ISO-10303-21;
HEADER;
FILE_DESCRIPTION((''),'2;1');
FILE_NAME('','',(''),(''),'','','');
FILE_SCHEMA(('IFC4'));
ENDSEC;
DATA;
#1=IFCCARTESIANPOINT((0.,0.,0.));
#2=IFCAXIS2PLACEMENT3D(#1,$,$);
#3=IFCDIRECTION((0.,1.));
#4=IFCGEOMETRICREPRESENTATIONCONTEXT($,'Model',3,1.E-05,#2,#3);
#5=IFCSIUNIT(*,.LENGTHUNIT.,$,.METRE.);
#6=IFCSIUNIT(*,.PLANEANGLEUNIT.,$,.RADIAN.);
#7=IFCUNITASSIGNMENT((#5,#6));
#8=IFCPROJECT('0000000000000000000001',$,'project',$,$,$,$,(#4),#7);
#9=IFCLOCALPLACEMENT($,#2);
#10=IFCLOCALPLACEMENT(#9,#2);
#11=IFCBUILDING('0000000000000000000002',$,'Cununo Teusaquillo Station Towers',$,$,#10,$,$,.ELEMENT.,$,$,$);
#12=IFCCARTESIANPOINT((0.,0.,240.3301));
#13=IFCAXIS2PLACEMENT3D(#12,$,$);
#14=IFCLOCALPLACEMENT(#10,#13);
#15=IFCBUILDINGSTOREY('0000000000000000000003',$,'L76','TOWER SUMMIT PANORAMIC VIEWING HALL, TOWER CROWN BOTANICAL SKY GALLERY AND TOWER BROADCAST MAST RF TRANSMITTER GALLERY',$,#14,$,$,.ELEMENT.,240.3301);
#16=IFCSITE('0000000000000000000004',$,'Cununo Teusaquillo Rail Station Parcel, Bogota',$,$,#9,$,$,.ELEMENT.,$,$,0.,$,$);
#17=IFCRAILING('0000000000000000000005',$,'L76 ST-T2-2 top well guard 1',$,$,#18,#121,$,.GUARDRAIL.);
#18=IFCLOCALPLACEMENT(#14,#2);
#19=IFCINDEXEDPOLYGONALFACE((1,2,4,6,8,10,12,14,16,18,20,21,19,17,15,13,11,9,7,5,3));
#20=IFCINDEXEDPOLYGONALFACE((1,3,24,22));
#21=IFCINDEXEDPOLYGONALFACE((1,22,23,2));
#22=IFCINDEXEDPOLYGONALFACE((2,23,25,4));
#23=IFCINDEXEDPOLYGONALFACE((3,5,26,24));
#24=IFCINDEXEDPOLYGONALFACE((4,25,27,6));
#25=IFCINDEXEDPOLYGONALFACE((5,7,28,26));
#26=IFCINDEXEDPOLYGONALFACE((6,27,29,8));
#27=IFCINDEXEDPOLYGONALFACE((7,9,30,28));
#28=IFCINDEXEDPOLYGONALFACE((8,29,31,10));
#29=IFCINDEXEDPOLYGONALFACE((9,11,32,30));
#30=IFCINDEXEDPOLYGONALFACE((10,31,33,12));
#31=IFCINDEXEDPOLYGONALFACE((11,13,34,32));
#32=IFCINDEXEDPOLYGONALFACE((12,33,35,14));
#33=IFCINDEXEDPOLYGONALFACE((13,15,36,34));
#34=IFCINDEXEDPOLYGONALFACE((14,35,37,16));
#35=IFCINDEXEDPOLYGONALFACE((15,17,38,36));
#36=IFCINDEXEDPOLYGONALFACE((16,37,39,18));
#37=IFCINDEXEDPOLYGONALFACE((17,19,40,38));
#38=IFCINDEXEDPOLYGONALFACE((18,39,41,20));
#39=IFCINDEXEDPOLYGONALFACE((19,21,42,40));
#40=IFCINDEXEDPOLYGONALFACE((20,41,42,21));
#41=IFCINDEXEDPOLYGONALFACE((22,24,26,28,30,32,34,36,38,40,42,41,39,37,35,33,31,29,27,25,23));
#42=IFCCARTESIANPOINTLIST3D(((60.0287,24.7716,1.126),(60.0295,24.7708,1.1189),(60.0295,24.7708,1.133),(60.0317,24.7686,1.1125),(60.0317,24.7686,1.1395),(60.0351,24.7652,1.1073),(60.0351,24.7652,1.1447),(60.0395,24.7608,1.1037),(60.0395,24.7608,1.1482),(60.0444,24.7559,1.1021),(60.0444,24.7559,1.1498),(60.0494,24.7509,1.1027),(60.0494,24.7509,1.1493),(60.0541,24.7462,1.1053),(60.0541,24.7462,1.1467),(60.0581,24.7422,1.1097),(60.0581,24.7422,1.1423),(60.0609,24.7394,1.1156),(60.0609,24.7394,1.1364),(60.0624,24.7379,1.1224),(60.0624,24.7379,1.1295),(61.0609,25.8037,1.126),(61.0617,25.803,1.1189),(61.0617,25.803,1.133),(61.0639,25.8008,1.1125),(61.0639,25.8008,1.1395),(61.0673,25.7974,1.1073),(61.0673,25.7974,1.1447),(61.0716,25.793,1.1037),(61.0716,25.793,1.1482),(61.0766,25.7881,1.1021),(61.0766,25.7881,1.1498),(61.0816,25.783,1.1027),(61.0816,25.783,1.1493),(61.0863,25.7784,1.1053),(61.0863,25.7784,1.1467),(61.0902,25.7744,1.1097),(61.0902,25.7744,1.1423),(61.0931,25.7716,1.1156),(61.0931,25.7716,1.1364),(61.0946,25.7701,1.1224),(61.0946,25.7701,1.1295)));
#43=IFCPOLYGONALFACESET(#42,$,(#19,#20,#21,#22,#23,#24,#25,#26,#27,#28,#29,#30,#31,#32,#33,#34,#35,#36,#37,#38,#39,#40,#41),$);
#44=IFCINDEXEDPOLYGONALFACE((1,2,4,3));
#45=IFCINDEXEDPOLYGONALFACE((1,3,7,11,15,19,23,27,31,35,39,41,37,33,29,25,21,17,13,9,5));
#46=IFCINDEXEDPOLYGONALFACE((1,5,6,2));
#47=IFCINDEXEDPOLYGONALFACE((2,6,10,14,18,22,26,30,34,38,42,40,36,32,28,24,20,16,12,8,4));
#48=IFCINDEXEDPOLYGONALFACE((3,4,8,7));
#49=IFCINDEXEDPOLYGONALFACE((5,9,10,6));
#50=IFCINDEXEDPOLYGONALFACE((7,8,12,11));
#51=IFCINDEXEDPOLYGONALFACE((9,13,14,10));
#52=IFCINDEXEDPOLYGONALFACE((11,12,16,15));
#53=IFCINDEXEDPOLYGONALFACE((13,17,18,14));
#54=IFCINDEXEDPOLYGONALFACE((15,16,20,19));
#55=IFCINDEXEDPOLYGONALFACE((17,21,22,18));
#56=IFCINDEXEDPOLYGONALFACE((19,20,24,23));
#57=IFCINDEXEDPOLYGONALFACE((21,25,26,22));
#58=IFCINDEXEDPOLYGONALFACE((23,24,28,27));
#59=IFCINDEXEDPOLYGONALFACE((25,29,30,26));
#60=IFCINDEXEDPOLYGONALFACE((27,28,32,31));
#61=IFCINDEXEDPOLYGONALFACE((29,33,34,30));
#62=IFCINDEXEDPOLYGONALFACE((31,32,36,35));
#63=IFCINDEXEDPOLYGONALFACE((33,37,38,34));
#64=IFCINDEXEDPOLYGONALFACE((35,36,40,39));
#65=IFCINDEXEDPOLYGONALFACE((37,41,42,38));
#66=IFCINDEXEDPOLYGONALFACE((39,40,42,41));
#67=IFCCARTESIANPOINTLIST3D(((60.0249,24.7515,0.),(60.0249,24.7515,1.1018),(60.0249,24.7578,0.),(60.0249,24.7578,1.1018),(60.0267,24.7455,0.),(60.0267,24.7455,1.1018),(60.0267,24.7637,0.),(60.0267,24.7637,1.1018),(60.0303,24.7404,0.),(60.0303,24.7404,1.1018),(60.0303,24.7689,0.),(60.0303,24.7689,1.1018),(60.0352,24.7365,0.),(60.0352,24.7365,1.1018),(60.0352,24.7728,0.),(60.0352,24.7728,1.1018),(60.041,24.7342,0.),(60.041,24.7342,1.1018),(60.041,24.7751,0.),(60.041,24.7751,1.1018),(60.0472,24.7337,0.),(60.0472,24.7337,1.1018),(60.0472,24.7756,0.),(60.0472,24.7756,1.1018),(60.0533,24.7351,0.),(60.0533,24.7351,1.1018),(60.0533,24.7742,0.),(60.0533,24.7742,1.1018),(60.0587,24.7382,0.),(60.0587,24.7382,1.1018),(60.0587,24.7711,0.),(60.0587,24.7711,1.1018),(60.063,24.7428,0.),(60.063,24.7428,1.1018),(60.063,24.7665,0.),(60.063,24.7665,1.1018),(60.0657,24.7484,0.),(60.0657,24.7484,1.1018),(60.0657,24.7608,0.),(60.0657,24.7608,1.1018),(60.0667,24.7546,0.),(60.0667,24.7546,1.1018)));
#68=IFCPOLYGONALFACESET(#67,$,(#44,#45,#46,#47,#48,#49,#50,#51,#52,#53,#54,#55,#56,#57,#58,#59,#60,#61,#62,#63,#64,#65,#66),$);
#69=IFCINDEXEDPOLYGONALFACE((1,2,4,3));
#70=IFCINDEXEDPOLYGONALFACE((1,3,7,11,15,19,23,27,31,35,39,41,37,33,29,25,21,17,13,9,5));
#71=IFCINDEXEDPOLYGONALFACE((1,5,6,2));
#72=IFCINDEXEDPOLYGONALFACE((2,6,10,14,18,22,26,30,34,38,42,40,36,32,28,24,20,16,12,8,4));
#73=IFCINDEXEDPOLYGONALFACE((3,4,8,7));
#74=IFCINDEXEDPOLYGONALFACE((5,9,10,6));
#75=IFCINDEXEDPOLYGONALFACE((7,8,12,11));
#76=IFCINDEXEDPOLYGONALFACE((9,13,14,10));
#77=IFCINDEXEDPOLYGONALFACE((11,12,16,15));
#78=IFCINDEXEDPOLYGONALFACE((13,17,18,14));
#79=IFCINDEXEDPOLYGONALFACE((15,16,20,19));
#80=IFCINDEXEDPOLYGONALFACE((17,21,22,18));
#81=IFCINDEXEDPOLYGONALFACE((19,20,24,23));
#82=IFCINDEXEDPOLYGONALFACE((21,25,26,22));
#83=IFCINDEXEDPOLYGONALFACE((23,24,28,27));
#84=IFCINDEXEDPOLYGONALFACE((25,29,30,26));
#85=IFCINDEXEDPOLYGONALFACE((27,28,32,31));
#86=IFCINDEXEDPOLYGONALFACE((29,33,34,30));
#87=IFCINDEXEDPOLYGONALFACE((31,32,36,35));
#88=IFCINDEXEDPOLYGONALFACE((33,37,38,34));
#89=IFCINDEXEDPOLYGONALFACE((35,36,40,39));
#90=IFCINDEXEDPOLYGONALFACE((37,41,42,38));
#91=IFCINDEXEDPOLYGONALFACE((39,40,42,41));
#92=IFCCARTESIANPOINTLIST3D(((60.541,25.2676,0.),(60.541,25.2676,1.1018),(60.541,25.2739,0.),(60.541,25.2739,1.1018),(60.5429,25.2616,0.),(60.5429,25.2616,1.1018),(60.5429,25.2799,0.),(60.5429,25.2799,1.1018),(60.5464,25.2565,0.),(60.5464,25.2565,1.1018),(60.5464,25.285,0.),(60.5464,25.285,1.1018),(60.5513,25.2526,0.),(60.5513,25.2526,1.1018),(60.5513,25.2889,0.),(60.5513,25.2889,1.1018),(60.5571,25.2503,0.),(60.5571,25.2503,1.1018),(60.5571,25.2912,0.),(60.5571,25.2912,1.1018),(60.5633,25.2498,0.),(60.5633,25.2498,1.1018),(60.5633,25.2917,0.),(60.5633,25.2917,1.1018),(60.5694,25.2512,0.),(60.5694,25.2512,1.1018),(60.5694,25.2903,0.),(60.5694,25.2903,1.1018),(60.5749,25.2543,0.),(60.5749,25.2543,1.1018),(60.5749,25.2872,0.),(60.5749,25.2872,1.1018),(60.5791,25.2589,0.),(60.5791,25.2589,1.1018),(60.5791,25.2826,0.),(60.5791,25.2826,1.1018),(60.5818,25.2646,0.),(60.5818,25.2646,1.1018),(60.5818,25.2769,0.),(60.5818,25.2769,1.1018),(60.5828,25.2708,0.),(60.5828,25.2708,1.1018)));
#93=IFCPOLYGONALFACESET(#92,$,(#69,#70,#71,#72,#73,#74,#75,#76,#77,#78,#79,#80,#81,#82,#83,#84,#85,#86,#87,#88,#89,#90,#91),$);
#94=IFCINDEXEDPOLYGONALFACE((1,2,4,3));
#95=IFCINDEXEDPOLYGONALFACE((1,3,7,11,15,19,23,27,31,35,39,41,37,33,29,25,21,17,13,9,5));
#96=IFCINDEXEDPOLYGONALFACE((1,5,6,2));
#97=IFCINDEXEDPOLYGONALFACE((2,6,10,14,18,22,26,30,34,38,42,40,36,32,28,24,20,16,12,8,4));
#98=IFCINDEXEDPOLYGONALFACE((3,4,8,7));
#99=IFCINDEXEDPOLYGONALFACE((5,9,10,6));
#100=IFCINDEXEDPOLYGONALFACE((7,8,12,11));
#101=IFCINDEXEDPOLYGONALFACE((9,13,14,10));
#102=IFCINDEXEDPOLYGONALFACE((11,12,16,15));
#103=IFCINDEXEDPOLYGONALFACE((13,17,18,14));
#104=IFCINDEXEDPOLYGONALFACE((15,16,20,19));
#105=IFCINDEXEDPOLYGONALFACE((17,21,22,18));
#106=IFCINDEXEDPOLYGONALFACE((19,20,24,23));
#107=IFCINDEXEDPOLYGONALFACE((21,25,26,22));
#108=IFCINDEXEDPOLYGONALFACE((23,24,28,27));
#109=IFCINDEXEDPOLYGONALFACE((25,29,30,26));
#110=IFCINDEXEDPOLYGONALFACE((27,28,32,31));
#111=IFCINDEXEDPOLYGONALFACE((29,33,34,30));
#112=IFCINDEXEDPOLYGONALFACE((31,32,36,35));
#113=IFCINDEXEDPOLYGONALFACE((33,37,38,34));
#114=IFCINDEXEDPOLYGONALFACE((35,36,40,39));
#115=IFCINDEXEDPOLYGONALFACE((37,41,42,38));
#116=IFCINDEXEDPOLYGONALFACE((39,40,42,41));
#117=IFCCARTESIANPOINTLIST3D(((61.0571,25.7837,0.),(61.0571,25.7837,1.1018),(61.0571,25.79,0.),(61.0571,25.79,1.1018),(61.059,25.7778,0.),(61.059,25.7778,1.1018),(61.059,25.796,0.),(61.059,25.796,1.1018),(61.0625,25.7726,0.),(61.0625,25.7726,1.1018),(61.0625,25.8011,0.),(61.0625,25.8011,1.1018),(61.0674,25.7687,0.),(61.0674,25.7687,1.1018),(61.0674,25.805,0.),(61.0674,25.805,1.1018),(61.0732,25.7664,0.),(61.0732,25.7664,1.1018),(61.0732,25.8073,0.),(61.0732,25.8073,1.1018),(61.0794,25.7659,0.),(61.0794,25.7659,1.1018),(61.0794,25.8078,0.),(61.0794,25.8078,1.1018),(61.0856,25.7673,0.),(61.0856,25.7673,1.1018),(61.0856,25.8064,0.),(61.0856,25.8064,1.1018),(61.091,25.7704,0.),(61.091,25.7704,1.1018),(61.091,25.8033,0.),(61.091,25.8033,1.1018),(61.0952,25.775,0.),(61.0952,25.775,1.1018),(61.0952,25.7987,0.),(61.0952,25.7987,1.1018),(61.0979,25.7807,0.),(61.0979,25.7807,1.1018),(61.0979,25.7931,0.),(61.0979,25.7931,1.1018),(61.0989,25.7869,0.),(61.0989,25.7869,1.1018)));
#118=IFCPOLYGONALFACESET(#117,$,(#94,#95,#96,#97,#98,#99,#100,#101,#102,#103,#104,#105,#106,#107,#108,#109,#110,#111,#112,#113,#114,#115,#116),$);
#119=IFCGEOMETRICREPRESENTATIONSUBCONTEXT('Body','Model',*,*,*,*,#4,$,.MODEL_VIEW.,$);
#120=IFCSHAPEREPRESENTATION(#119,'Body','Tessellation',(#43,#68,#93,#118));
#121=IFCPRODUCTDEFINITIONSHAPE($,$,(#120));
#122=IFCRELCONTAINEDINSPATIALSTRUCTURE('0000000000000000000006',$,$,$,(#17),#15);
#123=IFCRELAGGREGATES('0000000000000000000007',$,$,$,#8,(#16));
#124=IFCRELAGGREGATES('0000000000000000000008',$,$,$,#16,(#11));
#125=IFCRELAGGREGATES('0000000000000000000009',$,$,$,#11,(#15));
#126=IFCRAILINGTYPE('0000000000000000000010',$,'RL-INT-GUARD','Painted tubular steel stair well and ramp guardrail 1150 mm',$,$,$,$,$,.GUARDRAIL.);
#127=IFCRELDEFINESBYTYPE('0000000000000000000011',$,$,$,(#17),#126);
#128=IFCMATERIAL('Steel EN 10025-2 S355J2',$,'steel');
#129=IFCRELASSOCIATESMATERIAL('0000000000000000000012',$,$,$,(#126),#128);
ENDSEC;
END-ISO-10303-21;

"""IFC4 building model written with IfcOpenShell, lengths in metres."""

from ifc_helpers import new_model, si_unit, direction, frame, origin, origin_2d, place, context, subcontext, project, spatial, circle, extrude, material, type_object, element, save


model = new_model("IFC4")

# Units and contexts
model_context = context("Model", 3, precision=1e-05, world=origin(), true_north=direction((0.0, 1.0)))
body_context = subcontext(model_context, "Body", "Model", "MODEL_VIEW")
ifc_project = project(units=[si_unit("LENGTHUNIT", "METRE"), si_unit("PLANEANGLEUNIT", "RADIAN")], contexts=[model_context])

# Site, building, storey
site_placement = place(None, origin())
site = spatial("IfcSite", under=ifc_project, at=site_placement, Name="Cununo Teusaquillo Rail Station Parcel, Bogota", CompositionType="ELEMENT", RefElevation=0.0)
building_placement = place(site_placement, origin())
building = spatial("IfcBuilding", under=site, at=building_placement, Name="Cununo Teusaquillo Station Towers", CompositionType="ELEMENT")
storey_placement = place(building_placement, frame((0.0, 0.0, 240.3301)))
storey = spatial("IfcBuildingStorey", under=building, at=storey_placement, Name="L76", Description="TOWER SUMMIT PANORAMIC VIEWING HALL, TOWER CROWN BOTANICAL SKY GALLERY AND TOWER BROADCAST MAST RF TRANSMITTER GALLERY", CompositionType="ELEMENT", Elevation=240.3301)

# Railing
ifc_material_1 = material(Name="Steel EN 10025-2 S355J2", Category="steel")
railing_type = type_object("IfcRailingType", Name="RL-INT-GUARD", Description="Painted tubular steel stair well and ramp guardrail 1150 mm", PredefinedType="GUARDRAIL", material=ifc_material_1)
railing_1_placement = place(storey_placement, frame((60.0457, 24.7546, 0.0)))
element("IfcRailing", 1, at=railing_1_placement, inside=storey, type_object=railing_type, Name="L76 ST-T2-2 top well guard 1", PredefinedType="GUARDRAIL", context=body_context, shape_type="SweptSolid", body=[
    extrude(circle(Radius=0.0239, at=origin_2d()), frame((0.0, 0.0, 1.126), z_axis=(0.707107, 0.707107, 0.0), x_axis=(-0.707107, 0.707107, 0.0)), (0.0, 0.0, 1.0), 1.4597),
    extrude(circle(Radius=0.021, at=origin_2d()), origin(), (0.0, 0.0, 1.0), 1.1018),
    extrude(circle(Radius=0.021, at=origin_2d()), frame((0.5161, 0.5161, 0.0)), (0.0, 0.0, 1.0), 1.1018),
    extrude(circle(Radius=0.021, at=origin_2d()), frame((1.0322, 1.0322, 0.0)), (0.0, 0.0, 1.0), 1.1018),
])

save(model, "model.ifc")
